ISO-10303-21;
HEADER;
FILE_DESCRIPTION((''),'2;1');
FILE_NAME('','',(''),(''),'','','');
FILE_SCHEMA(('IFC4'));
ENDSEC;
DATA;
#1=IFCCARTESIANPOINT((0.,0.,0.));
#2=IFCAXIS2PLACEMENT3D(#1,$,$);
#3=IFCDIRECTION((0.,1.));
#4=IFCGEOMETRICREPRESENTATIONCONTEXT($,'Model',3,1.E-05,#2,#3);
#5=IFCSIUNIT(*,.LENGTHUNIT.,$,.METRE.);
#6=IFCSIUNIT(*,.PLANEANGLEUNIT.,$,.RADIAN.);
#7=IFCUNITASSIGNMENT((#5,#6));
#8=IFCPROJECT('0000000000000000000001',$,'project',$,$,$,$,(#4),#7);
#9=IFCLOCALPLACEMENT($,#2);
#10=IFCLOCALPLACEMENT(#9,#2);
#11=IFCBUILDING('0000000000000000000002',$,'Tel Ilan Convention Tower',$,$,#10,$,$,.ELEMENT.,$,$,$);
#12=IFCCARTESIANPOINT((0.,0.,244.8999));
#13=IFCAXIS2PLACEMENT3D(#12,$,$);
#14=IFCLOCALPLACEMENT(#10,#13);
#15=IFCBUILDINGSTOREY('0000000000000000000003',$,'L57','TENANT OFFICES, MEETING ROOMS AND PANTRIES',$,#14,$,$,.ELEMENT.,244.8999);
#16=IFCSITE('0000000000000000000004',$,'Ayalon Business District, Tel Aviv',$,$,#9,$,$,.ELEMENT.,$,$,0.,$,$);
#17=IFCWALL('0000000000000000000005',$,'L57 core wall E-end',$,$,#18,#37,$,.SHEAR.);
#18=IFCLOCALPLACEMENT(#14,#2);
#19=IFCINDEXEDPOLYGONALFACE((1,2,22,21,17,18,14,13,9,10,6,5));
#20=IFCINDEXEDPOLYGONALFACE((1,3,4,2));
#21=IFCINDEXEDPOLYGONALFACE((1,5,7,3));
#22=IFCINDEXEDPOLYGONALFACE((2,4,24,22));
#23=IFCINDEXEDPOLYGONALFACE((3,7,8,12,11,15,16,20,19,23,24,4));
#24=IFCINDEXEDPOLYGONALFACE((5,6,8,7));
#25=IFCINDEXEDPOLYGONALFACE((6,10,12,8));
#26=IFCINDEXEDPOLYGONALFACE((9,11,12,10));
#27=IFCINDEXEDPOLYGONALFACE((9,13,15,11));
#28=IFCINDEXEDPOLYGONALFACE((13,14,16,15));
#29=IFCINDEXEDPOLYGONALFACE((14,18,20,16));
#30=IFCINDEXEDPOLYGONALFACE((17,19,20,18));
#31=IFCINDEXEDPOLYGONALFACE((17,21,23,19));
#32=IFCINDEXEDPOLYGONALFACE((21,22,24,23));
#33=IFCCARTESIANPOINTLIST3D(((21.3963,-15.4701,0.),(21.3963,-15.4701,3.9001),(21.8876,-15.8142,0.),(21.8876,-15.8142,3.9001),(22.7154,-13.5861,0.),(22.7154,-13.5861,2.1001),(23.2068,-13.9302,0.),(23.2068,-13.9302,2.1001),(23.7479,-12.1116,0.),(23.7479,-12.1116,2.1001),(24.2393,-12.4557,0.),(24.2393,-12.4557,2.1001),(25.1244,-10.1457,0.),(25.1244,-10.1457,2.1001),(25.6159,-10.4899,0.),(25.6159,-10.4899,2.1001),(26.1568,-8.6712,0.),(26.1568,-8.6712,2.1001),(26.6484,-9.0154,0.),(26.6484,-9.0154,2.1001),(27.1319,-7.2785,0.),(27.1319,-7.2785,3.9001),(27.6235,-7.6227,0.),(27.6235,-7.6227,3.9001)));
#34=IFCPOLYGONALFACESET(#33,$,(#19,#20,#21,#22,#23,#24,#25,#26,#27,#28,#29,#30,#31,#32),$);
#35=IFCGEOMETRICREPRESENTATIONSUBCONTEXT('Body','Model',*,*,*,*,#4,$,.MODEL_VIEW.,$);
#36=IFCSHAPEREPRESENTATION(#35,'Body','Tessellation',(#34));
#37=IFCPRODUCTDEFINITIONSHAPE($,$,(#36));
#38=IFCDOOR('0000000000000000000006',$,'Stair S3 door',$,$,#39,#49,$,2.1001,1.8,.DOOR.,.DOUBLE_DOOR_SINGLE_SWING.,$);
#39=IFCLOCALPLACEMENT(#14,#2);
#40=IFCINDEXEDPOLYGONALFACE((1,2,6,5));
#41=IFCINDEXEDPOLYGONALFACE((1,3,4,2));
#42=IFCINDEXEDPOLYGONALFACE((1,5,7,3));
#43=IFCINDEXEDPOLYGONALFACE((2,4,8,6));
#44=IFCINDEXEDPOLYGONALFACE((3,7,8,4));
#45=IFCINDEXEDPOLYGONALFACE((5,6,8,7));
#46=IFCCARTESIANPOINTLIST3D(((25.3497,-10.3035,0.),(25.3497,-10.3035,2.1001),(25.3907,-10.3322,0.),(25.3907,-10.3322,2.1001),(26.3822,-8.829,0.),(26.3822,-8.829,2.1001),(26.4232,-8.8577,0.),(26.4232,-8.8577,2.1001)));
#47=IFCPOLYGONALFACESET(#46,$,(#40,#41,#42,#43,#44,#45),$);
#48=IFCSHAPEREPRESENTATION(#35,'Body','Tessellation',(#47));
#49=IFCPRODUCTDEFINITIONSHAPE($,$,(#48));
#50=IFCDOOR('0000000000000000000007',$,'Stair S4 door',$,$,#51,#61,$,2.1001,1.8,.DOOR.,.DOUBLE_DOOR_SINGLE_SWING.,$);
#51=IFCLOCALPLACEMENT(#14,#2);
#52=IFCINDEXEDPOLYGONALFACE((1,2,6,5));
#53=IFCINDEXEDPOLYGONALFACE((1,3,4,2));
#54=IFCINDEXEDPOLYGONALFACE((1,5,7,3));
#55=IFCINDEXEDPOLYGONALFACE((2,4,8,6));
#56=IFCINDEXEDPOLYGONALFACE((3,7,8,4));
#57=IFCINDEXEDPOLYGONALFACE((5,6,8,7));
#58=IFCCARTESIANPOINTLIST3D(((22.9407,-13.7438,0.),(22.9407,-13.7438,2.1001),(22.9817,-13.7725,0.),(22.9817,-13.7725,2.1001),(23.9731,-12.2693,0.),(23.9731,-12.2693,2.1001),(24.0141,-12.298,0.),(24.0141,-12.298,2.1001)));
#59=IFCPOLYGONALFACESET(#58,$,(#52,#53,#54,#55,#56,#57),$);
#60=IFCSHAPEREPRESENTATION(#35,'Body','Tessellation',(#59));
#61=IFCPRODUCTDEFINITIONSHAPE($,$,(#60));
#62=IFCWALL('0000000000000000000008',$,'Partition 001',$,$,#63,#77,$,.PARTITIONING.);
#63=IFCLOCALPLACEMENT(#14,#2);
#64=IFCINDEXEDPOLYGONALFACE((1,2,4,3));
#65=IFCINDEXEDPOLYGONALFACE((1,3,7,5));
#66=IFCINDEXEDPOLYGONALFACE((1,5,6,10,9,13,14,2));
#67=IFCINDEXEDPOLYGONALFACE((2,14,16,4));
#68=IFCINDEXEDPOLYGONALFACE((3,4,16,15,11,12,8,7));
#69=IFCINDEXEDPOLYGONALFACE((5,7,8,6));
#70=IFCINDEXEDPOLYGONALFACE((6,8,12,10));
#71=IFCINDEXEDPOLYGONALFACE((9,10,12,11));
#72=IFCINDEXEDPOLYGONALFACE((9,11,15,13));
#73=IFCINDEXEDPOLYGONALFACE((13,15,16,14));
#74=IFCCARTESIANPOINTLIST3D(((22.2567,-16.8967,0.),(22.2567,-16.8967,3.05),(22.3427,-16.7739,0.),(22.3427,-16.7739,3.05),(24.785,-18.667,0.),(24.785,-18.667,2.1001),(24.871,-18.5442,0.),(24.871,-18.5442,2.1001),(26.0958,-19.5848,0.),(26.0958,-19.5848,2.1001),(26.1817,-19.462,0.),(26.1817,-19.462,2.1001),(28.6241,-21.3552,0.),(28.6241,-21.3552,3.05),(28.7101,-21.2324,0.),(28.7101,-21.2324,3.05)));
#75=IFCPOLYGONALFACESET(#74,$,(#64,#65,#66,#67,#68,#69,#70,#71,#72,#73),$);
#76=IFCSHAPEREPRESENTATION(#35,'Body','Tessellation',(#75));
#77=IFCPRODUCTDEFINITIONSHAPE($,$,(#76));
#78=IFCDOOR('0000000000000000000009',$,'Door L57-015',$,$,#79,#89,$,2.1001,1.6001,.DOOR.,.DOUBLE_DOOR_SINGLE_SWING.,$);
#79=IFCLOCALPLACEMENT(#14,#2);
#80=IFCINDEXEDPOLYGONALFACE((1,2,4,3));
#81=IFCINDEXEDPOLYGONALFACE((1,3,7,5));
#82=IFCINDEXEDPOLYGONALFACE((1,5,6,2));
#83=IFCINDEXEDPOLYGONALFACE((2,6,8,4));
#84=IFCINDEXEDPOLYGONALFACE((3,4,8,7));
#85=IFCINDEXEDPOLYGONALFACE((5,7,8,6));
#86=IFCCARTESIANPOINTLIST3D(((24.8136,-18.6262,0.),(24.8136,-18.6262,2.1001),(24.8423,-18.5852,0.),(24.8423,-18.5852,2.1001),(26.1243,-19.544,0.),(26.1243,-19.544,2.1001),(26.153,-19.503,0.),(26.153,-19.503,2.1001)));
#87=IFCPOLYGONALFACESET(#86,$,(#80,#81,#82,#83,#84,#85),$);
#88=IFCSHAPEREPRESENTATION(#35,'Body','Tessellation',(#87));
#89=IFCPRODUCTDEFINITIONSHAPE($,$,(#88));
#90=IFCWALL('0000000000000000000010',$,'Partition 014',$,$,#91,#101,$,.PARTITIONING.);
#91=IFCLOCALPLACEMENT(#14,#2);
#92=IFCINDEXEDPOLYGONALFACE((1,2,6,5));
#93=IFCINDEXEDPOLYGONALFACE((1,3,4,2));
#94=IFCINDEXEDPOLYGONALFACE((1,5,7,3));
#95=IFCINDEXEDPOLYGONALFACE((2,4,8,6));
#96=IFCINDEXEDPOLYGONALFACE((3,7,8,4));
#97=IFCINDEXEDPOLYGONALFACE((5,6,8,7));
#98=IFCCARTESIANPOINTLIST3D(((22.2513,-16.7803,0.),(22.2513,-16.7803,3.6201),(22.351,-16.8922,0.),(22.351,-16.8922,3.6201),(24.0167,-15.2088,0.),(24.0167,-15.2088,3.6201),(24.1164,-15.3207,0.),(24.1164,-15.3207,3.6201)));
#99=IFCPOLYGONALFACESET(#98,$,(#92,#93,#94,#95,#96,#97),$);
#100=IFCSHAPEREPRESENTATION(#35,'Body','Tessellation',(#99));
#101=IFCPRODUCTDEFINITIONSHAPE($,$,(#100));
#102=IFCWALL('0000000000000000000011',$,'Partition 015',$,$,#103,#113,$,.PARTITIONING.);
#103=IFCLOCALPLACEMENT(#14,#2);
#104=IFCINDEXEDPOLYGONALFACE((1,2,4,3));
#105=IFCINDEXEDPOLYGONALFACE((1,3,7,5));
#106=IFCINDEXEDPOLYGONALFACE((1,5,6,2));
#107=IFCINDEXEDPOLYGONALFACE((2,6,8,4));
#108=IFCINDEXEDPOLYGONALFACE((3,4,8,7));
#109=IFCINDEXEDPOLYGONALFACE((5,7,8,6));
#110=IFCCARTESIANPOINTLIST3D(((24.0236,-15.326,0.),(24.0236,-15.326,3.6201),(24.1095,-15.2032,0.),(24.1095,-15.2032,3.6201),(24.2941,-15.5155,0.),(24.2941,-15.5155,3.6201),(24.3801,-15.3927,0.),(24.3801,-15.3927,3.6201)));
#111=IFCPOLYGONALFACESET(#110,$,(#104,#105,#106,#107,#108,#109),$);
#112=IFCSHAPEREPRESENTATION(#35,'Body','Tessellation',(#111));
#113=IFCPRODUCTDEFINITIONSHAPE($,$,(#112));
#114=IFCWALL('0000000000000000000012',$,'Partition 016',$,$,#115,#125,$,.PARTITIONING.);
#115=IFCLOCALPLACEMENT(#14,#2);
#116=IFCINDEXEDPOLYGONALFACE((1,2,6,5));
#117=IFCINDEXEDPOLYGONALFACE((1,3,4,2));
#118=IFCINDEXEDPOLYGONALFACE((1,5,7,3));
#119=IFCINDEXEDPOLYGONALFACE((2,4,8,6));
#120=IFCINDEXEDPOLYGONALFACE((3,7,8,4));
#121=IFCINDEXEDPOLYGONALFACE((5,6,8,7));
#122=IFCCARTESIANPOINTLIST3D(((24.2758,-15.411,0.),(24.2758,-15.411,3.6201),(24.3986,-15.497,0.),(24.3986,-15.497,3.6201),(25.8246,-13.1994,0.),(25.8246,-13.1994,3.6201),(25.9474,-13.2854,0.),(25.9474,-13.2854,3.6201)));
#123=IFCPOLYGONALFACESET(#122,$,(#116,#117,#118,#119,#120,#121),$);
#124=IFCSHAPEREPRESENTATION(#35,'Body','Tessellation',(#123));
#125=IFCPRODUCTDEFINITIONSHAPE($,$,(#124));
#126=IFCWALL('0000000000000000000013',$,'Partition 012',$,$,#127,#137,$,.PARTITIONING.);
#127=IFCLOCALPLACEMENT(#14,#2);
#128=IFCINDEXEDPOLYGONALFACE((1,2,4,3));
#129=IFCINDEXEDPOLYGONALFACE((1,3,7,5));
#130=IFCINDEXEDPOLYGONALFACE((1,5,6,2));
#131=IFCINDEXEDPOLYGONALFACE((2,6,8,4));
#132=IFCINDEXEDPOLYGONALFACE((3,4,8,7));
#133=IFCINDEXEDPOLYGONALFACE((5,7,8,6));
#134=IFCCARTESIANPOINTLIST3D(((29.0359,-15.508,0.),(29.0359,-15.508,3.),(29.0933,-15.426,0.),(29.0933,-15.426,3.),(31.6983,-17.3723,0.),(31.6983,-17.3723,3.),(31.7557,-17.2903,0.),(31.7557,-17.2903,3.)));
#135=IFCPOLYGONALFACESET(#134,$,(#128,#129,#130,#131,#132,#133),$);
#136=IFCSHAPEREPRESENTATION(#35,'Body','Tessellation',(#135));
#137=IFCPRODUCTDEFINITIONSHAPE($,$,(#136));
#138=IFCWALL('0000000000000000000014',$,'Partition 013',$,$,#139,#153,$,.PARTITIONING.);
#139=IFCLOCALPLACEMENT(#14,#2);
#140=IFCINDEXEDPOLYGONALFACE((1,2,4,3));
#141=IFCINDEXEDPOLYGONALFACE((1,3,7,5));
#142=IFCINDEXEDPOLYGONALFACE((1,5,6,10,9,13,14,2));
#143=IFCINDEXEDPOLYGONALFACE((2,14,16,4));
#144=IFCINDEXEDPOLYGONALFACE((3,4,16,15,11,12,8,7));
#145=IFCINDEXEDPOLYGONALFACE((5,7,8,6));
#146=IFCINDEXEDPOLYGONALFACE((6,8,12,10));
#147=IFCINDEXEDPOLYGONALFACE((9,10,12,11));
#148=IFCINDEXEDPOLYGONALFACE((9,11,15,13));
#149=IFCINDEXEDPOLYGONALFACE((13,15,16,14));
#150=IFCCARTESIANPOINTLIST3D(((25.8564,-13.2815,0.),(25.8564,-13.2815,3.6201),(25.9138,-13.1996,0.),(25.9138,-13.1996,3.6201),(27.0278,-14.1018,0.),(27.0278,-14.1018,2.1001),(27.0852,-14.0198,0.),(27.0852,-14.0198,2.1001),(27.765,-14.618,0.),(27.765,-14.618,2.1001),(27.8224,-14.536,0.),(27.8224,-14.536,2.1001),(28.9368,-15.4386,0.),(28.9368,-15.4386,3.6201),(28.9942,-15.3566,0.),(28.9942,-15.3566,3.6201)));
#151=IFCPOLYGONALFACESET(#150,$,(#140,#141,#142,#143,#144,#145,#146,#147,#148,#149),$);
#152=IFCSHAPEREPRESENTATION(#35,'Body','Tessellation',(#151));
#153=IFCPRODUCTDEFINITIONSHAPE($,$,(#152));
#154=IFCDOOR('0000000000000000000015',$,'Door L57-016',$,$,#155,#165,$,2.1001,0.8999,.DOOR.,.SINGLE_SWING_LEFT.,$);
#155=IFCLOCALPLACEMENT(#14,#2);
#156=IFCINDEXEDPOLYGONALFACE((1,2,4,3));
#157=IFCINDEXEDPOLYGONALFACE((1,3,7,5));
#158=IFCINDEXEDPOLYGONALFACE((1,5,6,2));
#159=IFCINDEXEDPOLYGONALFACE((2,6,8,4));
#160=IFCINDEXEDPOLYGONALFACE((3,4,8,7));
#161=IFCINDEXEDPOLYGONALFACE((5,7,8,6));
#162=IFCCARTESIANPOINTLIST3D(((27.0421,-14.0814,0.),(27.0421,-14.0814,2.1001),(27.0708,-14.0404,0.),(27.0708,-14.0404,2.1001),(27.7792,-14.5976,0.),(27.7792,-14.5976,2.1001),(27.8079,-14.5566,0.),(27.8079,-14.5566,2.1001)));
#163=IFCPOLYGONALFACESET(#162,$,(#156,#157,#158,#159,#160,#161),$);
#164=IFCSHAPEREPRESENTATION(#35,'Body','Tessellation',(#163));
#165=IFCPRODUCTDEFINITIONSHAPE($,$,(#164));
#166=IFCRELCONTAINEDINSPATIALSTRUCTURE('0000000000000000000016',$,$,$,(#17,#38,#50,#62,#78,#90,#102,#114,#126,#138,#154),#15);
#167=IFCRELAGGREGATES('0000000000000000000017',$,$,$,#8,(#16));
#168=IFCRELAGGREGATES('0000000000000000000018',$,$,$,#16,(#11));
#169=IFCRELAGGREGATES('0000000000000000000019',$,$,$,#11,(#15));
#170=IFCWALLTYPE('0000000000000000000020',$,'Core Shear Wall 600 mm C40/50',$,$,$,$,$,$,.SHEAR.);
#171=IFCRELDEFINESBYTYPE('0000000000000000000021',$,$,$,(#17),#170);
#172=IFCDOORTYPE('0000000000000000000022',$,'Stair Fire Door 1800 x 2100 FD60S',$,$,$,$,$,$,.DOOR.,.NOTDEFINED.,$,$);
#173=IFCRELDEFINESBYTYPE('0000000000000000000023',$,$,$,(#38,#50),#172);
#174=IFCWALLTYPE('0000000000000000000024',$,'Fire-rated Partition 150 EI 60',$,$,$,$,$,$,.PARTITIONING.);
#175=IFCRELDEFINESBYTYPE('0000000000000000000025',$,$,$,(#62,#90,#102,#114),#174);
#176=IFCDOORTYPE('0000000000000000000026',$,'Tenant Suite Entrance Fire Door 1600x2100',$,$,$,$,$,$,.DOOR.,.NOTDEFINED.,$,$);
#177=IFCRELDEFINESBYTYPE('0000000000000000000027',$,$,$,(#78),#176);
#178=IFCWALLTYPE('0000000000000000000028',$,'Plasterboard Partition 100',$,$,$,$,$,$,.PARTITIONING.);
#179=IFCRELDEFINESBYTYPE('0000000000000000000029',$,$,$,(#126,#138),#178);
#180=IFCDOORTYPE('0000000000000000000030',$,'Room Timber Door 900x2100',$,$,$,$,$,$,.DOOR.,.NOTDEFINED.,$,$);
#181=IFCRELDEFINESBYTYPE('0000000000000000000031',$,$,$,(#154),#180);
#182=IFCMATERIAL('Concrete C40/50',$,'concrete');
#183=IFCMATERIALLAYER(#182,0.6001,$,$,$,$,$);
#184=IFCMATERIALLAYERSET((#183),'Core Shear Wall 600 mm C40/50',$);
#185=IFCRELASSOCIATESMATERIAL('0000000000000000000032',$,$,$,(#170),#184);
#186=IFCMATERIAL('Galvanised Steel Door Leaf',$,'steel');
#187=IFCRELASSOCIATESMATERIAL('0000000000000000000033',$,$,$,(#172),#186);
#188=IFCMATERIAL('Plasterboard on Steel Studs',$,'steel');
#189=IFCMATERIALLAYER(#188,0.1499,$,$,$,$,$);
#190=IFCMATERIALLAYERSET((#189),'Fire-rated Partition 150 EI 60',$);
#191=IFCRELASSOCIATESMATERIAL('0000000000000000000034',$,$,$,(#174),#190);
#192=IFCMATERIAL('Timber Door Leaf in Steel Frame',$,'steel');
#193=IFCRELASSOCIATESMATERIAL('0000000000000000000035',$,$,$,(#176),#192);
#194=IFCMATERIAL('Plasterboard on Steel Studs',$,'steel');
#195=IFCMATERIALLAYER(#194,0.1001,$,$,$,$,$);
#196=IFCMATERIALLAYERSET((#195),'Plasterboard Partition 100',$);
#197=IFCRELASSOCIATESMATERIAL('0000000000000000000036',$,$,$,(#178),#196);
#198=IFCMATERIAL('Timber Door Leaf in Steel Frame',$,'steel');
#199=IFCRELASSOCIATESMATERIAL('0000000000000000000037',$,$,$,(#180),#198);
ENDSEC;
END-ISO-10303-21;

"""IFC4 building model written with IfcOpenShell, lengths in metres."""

from ifc_helpers import new_model, si_unit, direction, frame, frame_2d, origin, place, context, subcontext, project, spatial, polyline, rectangle, outline, extrude, material, layer, layer_set, type_object, element, fill, save


model = new_model("IFC4")

# Units and contexts
model_context = context("Model", 3, precision=1e-05, world=origin(), true_north=direction((0.0, 1.0)))
body_context = subcontext(model_context, "Body", "Model", "MODEL_VIEW")
ifc_project = project(units=[si_unit("LENGTHUNIT", "METRE"), si_unit("PLANEANGLEUNIT", "RADIAN")], contexts=[model_context])

# Site, building, storey
site_placement = place(None, origin())
site = spatial("IfcSite", under=ifc_project, at=site_placement, Name="Ayalon Business District, Tel Aviv", CompositionType="ELEMENT", RefElevation=0.0)
building_placement = place(site_placement, origin())
building = spatial("IfcBuilding", under=site, at=building_placement, Name="Tel Ilan Convention Tower", CompositionType="ELEMENT")
storey_placement = place(building_placement, frame((0.0, 0.0, 244.8999)))
storey = spatial("IfcBuildingStorey", under=building, at=storey_placement, Name="L57", Description="TENANT OFFICES, MEETING ROOMS AND PANTRIES", CompositionType="ELEMENT", Elevation=244.8999)

# Wall, openings, doors
ifc_material_1 = material(Name="Concrete C40/50", Category="concrete")
ifc_layer_1 = layer(ifc_material_1, 0.6001)
ifc_layer_set_1 = layer_set([ifc_layer_1], Name="Core Shear Wall 600 mm C40/50")
wall_type_1 = type_object("IfcWallType", Name="Core Shear Wall 600 mm C40/50", PredefinedType="SHEAR", material=ifc_layer_set_1)
wall_1_placement = place(storey_placement, frame((21.6418, -15.6421, 0.0), z_axis=(0.0, 0.0, 1.0), x_axis=(0.573587, 0.819145, 0.0)))
wall_1 = element("IfcWall", 1, at=wall_1_placement, inside=storey, type_object=wall_type_1, Name="L57 core wall E-end", PredefinedType="SHEAR", context=body_context, shape_type="SweptSolid", body=[
    extrude(outline(polyline([(10.0, 0.3), (0.0, 0.2998), (0.0, -0.3), (10.0, -0.3), (10.0, 0.3)])), origin(), (0.0, 0.0, 1.0), 3.9001),
])
opening_1_placement = place(wall_1_placement, frame((6.5, 0.0, 0.0)))
opening_1 = element("IfcOpeningElement", 2, at=opening_1_placement, cuts=wall_1, PredefinedType="OPENING", context=body_context, shape_type="SweptSolid", body=[
    extrude(rectangle(XDim=1.8, YDim=2.1001, at=frame_2d((0.8999, 1.05))), frame((0.0, 0.3101, 0.0), z_axis=(0.0, -1.0, 0.0), x_axis=(1.0, 0.0, 0.0)), (0.0, 0.0, 1.0), 0.6201),
])
opening_2_placement = place(wall_1_placement, frame((2.3, 0.0, 0.0)))
opening_2 = element("IfcOpeningElement", 3, at=opening_2_placement, cuts=wall_1, PredefinedType="OPENING", context=body_context, shape_type="SweptSolid", body=[
    extrude(rectangle(XDim=1.8, YDim=2.1001, at=frame_2d((0.8999, 1.05))), frame((0.0, 0.3101, 0.0), z_axis=(0.0, -1.0, 0.0), x_axis=(1.0, 0.0, 0.0)), (0.0, 0.0, 1.0), 0.6201),
])
ifc_material_2 = material(Name="Galvanised Steel Door Leaf", Category="steel")
door_type_1 = type_object("IfcDoorType", Name="Stair Fire Door 1800 x 2100 FD60S", OperationType="NOTDEFINED", PredefinedType="DOOR", material=ifc_material_2)
door_1_placement = place(opening_1_placement, origin())
door_1 = element("IfcDoor", 4, at=door_1_placement, inside=storey, type_object=door_type_1, Name="Stair S3 door", OperationType="DOUBLE_DOOR_SINGLE_SWING", OverallHeight=2.1001, OverallWidth=1.8, PredefinedType="DOOR", context=body_context, shape_type="SweptSolid", body=[
    extrude(rectangle(XDim=1.8, YDim=2.1001, at=frame_2d((0.8999, 1.05))), frame((0.0, 0.0249, 0.0), z_axis=(0.0, -1.0, 0.0), x_axis=(1.0, 0.0, 0.0)), (0.0, 0.0, 1.0), 0.05),
])
fill(opening_1, door_1)
door_2_placement = place(opening_2_placement, origin())
door_2 = element("IfcDoor", 5, at=door_2_placement, inside=storey, type_object=door_type_1, Name="Stair S4 door", OperationType="DOUBLE_DOOR_SINGLE_SWING", OverallHeight=2.1001, OverallWidth=1.8, PredefinedType="DOOR", context=body_context, shape_type="SweptSolid", body=[
    extrude(rectangle(XDim=1.8, YDim=2.1001, at=frame_2d((0.8999, 1.05))), frame((0.0, 0.0249, 0.0), z_axis=(0.0, -1.0, 0.0), x_axis=(1.0, 0.0, 0.0)), (0.0, 0.0, 1.0), 0.05),
])
fill(opening_2, door_2)

# Wall, opening, door
ifc_material_3 = material(Name="Plasterboard on Steel Studs", Category="steel")
ifc_layer_2 = layer(ifc_material_3, 0.1499)
ifc_layer_set_2 = layer_set([ifc_layer_2], Name="Fire-rated Partition 150 EI 60")
wall_type_2 = type_object("IfcWallType", Name="Fire-rated Partition 150 EI 60", PredefinedType="PARTITIONING", material=ifc_layer_set_2)
wall_2_placement = place(storey_placement, frame((22.2996, -16.8352, 0.0), z_axis=(0.0, 0.0, 1.0), x_axis=(0.819154, -0.573574, 0.0)))
wall_2 = element("IfcWall", 6, at=wall_2_placement, inside=storey, type_object=wall_type_2, Name="Partition 001", PredefinedType="PARTITIONING", context=body_context, shape_type="SweptSolid", body=[
    extrude(rectangle(XDim=7.7732, YDim=0.1499, at=frame_2d((3.8867, 0.0))), origin(), (0.0, 0.0, 1.0), 3.05),
])
opening_3_placement = place(wall_2_placement, frame((3.0867, 0.0, 0.0)))
opening_3 = element("IfcOpeningElement", 7, at=opening_3_placement, cuts=wall_2, PredefinedType="OPENING", context=body_context, shape_type="SweptSolid", body=[
    extrude(rectangle(XDim=1.6001, YDim=2.1001, at=frame_2d((0.8, 1.05))), frame((0.0, 0.085, 0.0), z_axis=(0.0, -1.0, 0.0), x_axis=(1.0, 0.0, 0.0)), (0.0, 0.0, 1.0), 0.1699),
])
ifc_material_4 = material(Name="Timber Door Leaf in Steel Frame", Category="steel")
door_type_2 = type_object("IfcDoorType", Name="Tenant Suite Entrance Fire Door 1600x2100", OperationType="NOTDEFINED", PredefinedType="DOOR", material=ifc_material_4)
door_3_placement = place(opening_3_placement, origin())
door_3 = element("IfcDoor", 8, at=door_3_placement, inside=storey, type_object=door_type_2, Name="Door L57-015", OperationType="DOUBLE_DOOR_SINGLE_SWING", OverallHeight=2.1001, OverallWidth=1.6001, PredefinedType="DOOR", context=body_context, shape_type="SweptSolid", body=[
    extrude(rectangle(XDim=1.6001, YDim=2.1001, at=frame_2d((0.8, 1.05))), frame((0.0, 0.0249, 0.0), z_axis=(0.0, -1.0, 0.0), x_axis=(1.0, 0.0, 0.0)), (0.0, 0.0, 1.0), 0.05),
])
fill(opening_3, door_3)

# Walls
wall_3_placement = place(storey_placement, frame((22.3013, -16.8362, 0.0), z_axis=(0.0, 0.0, 1.0), x_axis=(0.746925, 0.664909, 0.0)))
element("IfcWall", 9, at=wall_3_placement, inside=storey, type_object=wall_type_2, Name="Partition 014", PredefinedType="PARTITIONING", context=body_context, shape_type="SweptSolid", body=[
    extrude(rectangle(XDim=2.3635, YDim=0.1499, at=frame_2d((1.1816, 0.0))), origin(), (0.0, 0.0, 1.0), 3.6201),
])
wall_4_placement = place(storey_placement, frame((24.0667, -15.2646, 0.0), z_axis=(0.0, 0.0, 1.0), x_axis=(0.819093, -0.573661, 0.0)))
element("IfcWall", 10, at=wall_4_placement, inside=storey, type_object=wall_type_2, Name="Partition 015", PredefinedType="PARTITIONING", context=body_context, shape_type="SweptSolid", body=[
    extrude(rectangle(XDim=0.3303, YDim=0.1499, at=frame_2d((0.165, 0.0))), origin(), (0.0, 0.0, 1.0), 3.6201),
])
wall_5_placement = place(storey_placement, frame((24.3372, -15.4541, 0.0), z_axis=(0.0, 0.0, 1.0), x_axis=(0.573626, 0.819117, 0.0)))
element("IfcWall", 11, at=wall_5_placement, inside=storey, type_object=wall_type_2, Name="Partition 016", PredefinedType="PARTITIONING", context=body_context, shape_type="SweptSolid", body=[
    extrude(rectangle(XDim=2.7, YDim=0.1499, at=frame_2d((1.3501, 0.0))), origin(), (0.0, 0.0, 1.0), 3.6201),
])
ifc_material_5 = material(Name="Plasterboard on Steel Studs", Category="steel")
ifc_layer_3 = layer(ifc_material_5, 0.1001)
ifc_layer_set_3 = layer_set([ifc_layer_3], Name="Plasterboard Partition 100")
wall_type_3 = type_object("IfcWallType", Name="Plasterboard Partition 100", PredefinedType="PARTITIONING", material=ifc_layer_set_3)
wall_6_placement = place(storey_placement, frame((29.0647, -15.467, 0.0), z_axis=(0.0, 0.0, 1.0), x_axis=(0.819144, -0.573588, 0.0)))
element("IfcWall", 12, at=wall_6_placement, inside=storey, type_object=wall_type_3, Name="Partition 012", PredefinedType="PARTITIONING", context=body_context, shape_type="SweptSolid", body=[
    extrude(rectangle(XDim=3.2502, YDim=0.1001, at=frame_2d((1.625, 0.0))), origin(), (0.0, 0.0, 1.0), 3.0),
])

# Wall, opening, door
wall_7_placement = place(storey_placement, frame((25.885, -13.2405, 0.0), z_axis=(0.0, 0.0, 1.0), x_axis=(0.819137, -0.573597, 0.0)))
wall_7 = element("IfcWall", 13, at=wall_7_placement, inside=storey, type_object=wall_type_3, Name="Partition 013", PredefinedType="PARTITIONING", context=body_context, shape_type="SweptSolid", body=[
    extrude(rectangle(XDim=3.7605, YDim=0.1001, at=frame_2d((1.8804, 0.0))), origin(), (0.0, 0.0, 1.0), 3.6201),
])
opening_4_placement = place(wall_7_placement, frame((1.4302, 0.0, 0.0)))
opening_4 = element("IfcOpeningElement", 14, at=opening_4_placement, cuts=wall_7, PredefinedType="OPENING", context=body_context, shape_type="SweptSolid", body=[
    extrude(rectangle(XDim=0.8999, YDim=2.1001, at=frame_2d((0.45, 1.05))), frame((0.0, 0.0601, 0.0), z_axis=(0.0, -1.0, 0.0), x_axis=(1.0, 0.0, 0.0)), (0.0, 0.0, 1.0), 0.1201),
])
ifc_material_6 = material(Name="Timber Door Leaf in Steel Frame", Category="steel")
door_type_3 = type_object("IfcDoorType", Name="Room Timber Door 900x2100", OperationType="NOTDEFINED", PredefinedType="DOOR", material=ifc_material_6)
door_4_placement = place(opening_4_placement, origin())
door_4 = element("IfcDoor", 15, at=door_4_placement, inside=storey, type_object=door_type_3, Name="Door L57-016", OperationType="SINGLE_SWING_LEFT", OverallHeight=2.1001, OverallWidth=0.8999, PredefinedType="DOOR", context=body_context, shape_type="SweptSolid", body=[
    extrude(rectangle(XDim=0.8999, YDim=2.1001, at=frame_2d((0.45, 1.05))), frame((0.0, 0.0249, 0.0), z_axis=(0.0, -1.0, 0.0), x_axis=(1.0, 0.0, 0.0)), (0.0, 0.0, 1.0), 0.05),
])
fill(opening_4, door_4)

save(model, "model.ifc")
